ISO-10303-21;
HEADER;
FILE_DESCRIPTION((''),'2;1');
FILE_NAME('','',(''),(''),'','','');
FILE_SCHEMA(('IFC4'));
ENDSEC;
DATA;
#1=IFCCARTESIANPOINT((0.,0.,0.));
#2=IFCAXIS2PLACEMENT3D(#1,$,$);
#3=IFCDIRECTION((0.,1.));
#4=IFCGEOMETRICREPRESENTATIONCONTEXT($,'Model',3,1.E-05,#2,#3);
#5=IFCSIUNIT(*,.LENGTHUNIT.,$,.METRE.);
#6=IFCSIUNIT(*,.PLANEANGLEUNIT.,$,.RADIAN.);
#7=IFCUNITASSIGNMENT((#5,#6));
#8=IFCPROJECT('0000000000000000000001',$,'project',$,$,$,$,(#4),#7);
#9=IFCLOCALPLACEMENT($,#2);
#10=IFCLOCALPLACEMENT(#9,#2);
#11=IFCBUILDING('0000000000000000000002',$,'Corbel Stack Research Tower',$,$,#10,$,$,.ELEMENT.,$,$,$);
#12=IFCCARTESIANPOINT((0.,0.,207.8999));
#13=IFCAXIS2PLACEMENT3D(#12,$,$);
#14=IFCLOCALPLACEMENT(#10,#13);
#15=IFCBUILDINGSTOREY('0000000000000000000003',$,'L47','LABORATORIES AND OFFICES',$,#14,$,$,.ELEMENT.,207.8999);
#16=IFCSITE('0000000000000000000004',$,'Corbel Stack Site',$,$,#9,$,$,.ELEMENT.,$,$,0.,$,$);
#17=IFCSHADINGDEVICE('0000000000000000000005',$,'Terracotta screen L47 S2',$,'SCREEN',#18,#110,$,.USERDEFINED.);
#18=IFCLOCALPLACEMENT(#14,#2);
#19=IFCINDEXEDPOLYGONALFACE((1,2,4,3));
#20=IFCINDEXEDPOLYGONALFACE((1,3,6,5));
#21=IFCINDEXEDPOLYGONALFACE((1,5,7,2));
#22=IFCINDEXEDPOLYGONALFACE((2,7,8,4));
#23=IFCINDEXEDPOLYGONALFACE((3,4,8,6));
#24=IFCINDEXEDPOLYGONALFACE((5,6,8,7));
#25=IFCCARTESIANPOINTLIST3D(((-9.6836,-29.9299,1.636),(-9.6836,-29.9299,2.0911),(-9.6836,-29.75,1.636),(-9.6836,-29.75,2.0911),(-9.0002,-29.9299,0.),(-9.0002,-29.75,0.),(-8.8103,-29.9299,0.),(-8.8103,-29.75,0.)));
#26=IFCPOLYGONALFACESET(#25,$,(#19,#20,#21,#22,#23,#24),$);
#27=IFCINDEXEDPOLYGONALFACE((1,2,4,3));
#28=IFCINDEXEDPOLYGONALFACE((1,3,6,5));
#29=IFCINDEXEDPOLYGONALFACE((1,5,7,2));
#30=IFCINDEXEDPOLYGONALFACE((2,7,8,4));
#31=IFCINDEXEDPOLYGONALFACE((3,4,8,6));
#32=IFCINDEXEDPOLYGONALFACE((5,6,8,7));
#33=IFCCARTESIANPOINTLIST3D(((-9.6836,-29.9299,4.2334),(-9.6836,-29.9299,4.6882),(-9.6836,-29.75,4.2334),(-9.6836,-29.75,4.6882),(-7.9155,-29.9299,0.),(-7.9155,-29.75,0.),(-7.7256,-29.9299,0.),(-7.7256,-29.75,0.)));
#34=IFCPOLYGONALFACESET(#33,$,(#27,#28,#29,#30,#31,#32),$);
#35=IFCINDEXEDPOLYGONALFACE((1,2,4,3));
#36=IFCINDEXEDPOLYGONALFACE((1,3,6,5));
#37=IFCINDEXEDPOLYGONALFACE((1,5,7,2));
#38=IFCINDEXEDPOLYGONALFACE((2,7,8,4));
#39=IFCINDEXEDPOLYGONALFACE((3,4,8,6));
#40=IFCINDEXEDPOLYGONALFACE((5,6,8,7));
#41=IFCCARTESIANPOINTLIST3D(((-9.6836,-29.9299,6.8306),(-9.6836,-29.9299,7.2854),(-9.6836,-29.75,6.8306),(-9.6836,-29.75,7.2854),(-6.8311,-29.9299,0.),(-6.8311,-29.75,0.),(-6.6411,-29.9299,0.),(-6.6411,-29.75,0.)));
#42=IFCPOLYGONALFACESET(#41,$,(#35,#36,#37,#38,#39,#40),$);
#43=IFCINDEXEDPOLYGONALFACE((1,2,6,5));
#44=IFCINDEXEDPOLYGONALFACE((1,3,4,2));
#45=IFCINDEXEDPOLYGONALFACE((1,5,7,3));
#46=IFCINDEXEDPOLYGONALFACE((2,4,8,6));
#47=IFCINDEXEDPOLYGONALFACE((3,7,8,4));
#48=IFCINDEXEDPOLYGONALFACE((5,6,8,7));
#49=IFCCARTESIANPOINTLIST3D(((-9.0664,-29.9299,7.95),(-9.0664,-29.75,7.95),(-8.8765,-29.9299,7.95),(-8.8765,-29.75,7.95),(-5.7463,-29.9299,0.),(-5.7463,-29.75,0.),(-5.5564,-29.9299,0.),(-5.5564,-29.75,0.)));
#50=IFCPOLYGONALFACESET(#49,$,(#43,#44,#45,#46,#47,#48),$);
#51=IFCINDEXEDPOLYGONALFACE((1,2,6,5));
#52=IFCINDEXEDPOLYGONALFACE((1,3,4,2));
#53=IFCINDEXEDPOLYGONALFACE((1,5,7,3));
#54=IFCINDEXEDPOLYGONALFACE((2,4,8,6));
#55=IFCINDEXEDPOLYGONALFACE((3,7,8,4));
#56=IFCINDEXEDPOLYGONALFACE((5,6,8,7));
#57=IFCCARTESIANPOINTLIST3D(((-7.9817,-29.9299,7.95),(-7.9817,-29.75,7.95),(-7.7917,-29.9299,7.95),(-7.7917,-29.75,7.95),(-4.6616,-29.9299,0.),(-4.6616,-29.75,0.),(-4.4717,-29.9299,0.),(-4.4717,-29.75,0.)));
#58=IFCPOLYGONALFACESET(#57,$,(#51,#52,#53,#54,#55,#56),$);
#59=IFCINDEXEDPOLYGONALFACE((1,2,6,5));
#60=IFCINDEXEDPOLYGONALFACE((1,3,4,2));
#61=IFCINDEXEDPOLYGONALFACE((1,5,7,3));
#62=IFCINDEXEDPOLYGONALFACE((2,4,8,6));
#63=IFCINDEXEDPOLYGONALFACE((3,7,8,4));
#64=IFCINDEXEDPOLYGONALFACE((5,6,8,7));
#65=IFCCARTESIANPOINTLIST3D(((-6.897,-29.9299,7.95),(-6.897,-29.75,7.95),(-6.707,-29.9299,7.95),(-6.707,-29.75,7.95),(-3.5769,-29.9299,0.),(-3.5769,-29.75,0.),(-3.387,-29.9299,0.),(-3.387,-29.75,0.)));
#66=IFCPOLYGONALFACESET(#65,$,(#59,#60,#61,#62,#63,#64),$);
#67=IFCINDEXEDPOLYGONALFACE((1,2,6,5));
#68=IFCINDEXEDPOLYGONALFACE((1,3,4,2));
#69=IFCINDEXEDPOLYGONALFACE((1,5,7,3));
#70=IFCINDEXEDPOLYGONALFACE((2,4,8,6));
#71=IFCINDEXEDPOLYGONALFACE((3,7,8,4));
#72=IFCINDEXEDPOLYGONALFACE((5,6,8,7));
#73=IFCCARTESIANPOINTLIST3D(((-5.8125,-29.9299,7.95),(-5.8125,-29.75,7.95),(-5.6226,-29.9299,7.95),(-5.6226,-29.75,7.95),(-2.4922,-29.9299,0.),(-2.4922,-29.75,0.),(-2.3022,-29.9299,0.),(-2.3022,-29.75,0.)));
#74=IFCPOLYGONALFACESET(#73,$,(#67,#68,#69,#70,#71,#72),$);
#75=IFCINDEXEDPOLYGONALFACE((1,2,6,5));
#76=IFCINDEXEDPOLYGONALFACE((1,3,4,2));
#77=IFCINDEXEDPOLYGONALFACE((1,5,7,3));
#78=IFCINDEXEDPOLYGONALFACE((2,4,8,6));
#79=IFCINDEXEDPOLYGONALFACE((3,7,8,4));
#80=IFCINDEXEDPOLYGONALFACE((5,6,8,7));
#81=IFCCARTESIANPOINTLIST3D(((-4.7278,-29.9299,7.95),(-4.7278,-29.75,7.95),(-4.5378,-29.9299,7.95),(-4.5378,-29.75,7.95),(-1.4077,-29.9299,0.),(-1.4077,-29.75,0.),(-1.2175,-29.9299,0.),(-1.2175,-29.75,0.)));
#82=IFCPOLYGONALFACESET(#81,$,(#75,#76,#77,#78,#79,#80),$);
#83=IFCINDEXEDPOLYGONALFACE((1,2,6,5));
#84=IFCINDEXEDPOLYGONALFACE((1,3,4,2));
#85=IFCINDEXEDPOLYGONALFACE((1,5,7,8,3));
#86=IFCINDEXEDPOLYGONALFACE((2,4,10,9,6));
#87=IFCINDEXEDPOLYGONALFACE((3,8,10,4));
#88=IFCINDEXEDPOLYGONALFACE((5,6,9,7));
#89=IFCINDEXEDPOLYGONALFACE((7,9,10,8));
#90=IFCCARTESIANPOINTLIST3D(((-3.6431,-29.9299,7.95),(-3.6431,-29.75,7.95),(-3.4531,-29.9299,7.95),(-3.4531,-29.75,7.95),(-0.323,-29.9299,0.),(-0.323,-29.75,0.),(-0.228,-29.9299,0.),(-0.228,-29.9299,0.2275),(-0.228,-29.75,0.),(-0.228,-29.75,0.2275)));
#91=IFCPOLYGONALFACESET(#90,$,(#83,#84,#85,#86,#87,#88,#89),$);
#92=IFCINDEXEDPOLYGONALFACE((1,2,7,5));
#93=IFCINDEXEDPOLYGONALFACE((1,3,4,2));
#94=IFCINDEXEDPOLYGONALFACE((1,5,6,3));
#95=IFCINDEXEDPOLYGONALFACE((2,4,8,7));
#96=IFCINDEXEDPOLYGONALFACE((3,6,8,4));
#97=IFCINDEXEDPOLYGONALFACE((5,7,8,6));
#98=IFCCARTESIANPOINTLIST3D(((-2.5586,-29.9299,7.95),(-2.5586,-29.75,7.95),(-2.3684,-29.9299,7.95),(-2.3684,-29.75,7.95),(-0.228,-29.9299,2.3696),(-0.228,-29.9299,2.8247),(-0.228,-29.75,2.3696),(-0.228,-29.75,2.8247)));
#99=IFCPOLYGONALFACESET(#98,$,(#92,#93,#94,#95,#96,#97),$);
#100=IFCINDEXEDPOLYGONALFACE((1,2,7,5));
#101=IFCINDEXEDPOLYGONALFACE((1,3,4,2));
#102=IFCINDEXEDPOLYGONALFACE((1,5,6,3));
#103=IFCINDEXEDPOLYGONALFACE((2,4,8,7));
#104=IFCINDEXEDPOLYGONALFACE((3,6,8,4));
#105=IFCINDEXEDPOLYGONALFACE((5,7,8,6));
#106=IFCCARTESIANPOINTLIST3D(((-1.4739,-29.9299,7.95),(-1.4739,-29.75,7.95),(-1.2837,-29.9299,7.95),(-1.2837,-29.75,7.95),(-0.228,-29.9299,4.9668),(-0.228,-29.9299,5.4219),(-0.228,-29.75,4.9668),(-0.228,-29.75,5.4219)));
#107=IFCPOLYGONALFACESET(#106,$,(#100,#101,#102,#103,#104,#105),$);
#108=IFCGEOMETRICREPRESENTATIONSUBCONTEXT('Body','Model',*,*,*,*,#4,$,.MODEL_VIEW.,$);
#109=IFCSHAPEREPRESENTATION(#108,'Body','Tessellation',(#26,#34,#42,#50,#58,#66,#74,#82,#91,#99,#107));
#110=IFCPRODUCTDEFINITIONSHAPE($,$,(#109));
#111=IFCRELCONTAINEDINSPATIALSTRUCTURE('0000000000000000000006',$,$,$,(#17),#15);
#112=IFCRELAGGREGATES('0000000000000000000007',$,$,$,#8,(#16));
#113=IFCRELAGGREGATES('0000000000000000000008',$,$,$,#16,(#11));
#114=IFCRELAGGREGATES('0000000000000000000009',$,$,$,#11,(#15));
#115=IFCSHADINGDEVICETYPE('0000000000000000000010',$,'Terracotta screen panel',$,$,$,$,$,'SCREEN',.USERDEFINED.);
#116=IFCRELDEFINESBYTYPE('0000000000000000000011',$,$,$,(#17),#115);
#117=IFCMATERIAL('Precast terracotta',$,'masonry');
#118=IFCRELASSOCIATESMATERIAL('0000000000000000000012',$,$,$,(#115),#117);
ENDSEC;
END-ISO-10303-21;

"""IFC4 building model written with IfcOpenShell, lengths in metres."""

from ifc_helpers import new_model, si_unit, direction, frame, origin, place, context, subcontext, project, spatial, polyline, outline, extrude, source, transform, mapped, material, type_object, element, save


model = new_model("IFC4")

# Units and contexts
model_context = context("Model", 3, precision=1e-05, world=origin(), true_north=direction((0.0, 1.0)))
body_context = subcontext(model_context, "Body", "Model", "MODEL_VIEW")
ifc_project = project(units=[si_unit("LENGTHUNIT", "METRE"), si_unit("PLANEANGLEUNIT", "RADIAN")], contexts=[model_context])

# Site, building, storey
site_placement = place(None, origin())
site = spatial("IfcSite", under=ifc_project, at=site_placement, Name="Corbel Stack Site", CompositionType="ELEMENT", RefElevation=0.0)
building_placement = place(site_placement, origin())
building = spatial("IfcBuilding", under=site, at=building_placement, Name="Corbel Stack Research Tower", CompositionType="ELEMENT")
storey_placement = place(building_placement, frame((0.0, 0.0, 207.8999)))
storey = spatial("IfcBuildingStorey", under=building, at=storey_placement, Name="L47", Description="LABORATORIES AND OFFICES", CompositionType="ELEMENT", Elevation=207.8999)

# Shading device
ifc_material_1 = material(Name="Precast terracotta", Category="masonry")
shading_device_type = type_object("IfcShadingDeviceType", Name="Terracotta screen panel", ElementType="SCREEN", PredefinedType="USERDEFINED", material=ifc_material_1)
shared_shape_1 = source(origin(), body_context, "Body", "SweptSolid", [
    extrude(outline(polyline([(0.8733, 0.0), (0.0, 2.0911), (0.0, 1.636), (0.6833, 0.0), (0.8733, 0.0)])), frame((0.0, 0.0, 0.0), z_axis=(0.0, -1.0, 0.0), x_axis=(1.0, 0.0, 0.0)), (0.0, 0.0, 1.0), 0.1799),
    extrude(outline(polyline([(1.958, 0.0), (0.0, 4.6882), (0.0, 4.2334), (1.7681, 0.0), (1.958, 0.0)])), frame((0.0, 0.0, 0.0), z_axis=(0.0, -1.0, 0.0), x_axis=(1.0, 0.0, 0.0)), (0.0, 0.0, 1.0), 0.1799),
    extrude(outline(polyline([(3.0425, 0.0), (0.0, 7.2854), (0.0, 6.8306), (2.8525, 0.0), (3.0425, 0.0)])), frame((0.0, 0.0, 0.0), z_axis=(0.0, -1.0, 0.0), x_axis=(1.0, 0.0, 0.0)), (0.0, 0.0, 1.0), 0.1799),
    extrude(outline(polyline([(4.1272, 0.0), (0.8071, 7.95), (0.6172, 7.95), (3.9373, 0.0), (4.1272, 0.0)])), frame((0.0, 0.0, 0.0), z_axis=(0.0, -1.0, 0.0), x_axis=(1.0, 0.0, 0.0)), (0.0, 0.0, 1.0), 0.1799),
    extrude(outline(polyline([(5.2119, 0.0), (1.8918, 7.95), (1.7019, 7.95), (5.022, 0.0), (5.2119, 0.0)])), frame((0.0, 0.0, 0.0), z_axis=(0.0, -1.0, 0.0), x_axis=(1.0, 0.0, 0.0)), (0.0, 0.0, 1.0), 0.1799),
    extrude(outline(polyline([(6.2966, 0.0), (2.9766, 7.95), (2.7866, 7.95), (6.1067, 0.0), (6.2966, 0.0)])), frame((0.0, 0.0, 0.0), z_axis=(0.0, -1.0, 0.0), x_axis=(1.0, 0.0, 0.0)), (0.0, 0.0, 1.0), 0.1799),
    extrude(outline(polyline([(7.3813, 0.0), (4.061, 7.95), (3.8711, 7.95), (7.1914, 0.0), (7.3813, 0.0)])), frame((0.0, 0.0, 0.0), z_axis=(0.0, -1.0, 0.0), x_axis=(1.0, 0.0, 0.0)), (0.0, 0.0, 1.0), 0.1799),
    extrude(outline(polyline([(8.4661, 0.0), (5.1458, 7.95), (4.9558, 7.95), (8.2759, 0.0), (8.4661, 0.0)])), frame((0.0, 0.0, 0.0), z_axis=(0.0, -1.0, 0.0), x_axis=(1.0, 0.0, 0.0)), (0.0, 0.0, 1.0), 0.1799),
    extrude(outline(polyline([(9.4556, 0.0), (9.4556, 0.2275), (6.2305, 7.95), (6.0405, 7.95), (9.3606, 0.0), (9.4556, 0.0)])), frame((0.0, 0.0, 0.0), z_axis=(0.0, -1.0, 0.0), x_axis=(1.0, 0.0, 0.0)), (0.0, 0.0, 1.0), 0.1799),
    extrude(outline(polyline([(7.3152, 7.95), (7.125, 7.95), (9.4556, 2.3696), (9.4556, 2.8247), (7.3152, 7.95)])), frame((0.0, 0.0, 0.0), z_axis=(0.0, -1.0, 0.0), x_axis=(1.0, 0.0, 0.0)), (0.0, 0.0, 1.0), 0.1799),
    extrude(outline(polyline([(8.3999, 7.95), (8.2097, 7.95), (9.4556, 4.9668), (9.4556, 5.4219), (8.3999, 7.95)])), frame((0.0, 0.0, 0.0), z_axis=(0.0, -1.0, 0.0), x_axis=(1.0, 0.0, 0.0)), (0.0, 0.0, 1.0), 0.1799),
])
shading_device_1_placement = place(storey_placement, frame((-9.6836, -29.75, 0.0), z_axis=(0.0, 0.0, 1.0), x_axis=(1.0, 0.0, 0.0)))
element("IfcShadingDevice", 1, at=shading_device_1_placement, inside=storey, type_object=shading_device_type, Name="Terracotta screen L47 S2", ObjectType="SCREEN", PredefinedType="USERDEFINED", context=body_context, shape_type="MappedRepresentation", body=[
    mapped(shared_shape_1, transform((0.0, 0.0, 0.0))),
])

save(model, "model.ifc")
